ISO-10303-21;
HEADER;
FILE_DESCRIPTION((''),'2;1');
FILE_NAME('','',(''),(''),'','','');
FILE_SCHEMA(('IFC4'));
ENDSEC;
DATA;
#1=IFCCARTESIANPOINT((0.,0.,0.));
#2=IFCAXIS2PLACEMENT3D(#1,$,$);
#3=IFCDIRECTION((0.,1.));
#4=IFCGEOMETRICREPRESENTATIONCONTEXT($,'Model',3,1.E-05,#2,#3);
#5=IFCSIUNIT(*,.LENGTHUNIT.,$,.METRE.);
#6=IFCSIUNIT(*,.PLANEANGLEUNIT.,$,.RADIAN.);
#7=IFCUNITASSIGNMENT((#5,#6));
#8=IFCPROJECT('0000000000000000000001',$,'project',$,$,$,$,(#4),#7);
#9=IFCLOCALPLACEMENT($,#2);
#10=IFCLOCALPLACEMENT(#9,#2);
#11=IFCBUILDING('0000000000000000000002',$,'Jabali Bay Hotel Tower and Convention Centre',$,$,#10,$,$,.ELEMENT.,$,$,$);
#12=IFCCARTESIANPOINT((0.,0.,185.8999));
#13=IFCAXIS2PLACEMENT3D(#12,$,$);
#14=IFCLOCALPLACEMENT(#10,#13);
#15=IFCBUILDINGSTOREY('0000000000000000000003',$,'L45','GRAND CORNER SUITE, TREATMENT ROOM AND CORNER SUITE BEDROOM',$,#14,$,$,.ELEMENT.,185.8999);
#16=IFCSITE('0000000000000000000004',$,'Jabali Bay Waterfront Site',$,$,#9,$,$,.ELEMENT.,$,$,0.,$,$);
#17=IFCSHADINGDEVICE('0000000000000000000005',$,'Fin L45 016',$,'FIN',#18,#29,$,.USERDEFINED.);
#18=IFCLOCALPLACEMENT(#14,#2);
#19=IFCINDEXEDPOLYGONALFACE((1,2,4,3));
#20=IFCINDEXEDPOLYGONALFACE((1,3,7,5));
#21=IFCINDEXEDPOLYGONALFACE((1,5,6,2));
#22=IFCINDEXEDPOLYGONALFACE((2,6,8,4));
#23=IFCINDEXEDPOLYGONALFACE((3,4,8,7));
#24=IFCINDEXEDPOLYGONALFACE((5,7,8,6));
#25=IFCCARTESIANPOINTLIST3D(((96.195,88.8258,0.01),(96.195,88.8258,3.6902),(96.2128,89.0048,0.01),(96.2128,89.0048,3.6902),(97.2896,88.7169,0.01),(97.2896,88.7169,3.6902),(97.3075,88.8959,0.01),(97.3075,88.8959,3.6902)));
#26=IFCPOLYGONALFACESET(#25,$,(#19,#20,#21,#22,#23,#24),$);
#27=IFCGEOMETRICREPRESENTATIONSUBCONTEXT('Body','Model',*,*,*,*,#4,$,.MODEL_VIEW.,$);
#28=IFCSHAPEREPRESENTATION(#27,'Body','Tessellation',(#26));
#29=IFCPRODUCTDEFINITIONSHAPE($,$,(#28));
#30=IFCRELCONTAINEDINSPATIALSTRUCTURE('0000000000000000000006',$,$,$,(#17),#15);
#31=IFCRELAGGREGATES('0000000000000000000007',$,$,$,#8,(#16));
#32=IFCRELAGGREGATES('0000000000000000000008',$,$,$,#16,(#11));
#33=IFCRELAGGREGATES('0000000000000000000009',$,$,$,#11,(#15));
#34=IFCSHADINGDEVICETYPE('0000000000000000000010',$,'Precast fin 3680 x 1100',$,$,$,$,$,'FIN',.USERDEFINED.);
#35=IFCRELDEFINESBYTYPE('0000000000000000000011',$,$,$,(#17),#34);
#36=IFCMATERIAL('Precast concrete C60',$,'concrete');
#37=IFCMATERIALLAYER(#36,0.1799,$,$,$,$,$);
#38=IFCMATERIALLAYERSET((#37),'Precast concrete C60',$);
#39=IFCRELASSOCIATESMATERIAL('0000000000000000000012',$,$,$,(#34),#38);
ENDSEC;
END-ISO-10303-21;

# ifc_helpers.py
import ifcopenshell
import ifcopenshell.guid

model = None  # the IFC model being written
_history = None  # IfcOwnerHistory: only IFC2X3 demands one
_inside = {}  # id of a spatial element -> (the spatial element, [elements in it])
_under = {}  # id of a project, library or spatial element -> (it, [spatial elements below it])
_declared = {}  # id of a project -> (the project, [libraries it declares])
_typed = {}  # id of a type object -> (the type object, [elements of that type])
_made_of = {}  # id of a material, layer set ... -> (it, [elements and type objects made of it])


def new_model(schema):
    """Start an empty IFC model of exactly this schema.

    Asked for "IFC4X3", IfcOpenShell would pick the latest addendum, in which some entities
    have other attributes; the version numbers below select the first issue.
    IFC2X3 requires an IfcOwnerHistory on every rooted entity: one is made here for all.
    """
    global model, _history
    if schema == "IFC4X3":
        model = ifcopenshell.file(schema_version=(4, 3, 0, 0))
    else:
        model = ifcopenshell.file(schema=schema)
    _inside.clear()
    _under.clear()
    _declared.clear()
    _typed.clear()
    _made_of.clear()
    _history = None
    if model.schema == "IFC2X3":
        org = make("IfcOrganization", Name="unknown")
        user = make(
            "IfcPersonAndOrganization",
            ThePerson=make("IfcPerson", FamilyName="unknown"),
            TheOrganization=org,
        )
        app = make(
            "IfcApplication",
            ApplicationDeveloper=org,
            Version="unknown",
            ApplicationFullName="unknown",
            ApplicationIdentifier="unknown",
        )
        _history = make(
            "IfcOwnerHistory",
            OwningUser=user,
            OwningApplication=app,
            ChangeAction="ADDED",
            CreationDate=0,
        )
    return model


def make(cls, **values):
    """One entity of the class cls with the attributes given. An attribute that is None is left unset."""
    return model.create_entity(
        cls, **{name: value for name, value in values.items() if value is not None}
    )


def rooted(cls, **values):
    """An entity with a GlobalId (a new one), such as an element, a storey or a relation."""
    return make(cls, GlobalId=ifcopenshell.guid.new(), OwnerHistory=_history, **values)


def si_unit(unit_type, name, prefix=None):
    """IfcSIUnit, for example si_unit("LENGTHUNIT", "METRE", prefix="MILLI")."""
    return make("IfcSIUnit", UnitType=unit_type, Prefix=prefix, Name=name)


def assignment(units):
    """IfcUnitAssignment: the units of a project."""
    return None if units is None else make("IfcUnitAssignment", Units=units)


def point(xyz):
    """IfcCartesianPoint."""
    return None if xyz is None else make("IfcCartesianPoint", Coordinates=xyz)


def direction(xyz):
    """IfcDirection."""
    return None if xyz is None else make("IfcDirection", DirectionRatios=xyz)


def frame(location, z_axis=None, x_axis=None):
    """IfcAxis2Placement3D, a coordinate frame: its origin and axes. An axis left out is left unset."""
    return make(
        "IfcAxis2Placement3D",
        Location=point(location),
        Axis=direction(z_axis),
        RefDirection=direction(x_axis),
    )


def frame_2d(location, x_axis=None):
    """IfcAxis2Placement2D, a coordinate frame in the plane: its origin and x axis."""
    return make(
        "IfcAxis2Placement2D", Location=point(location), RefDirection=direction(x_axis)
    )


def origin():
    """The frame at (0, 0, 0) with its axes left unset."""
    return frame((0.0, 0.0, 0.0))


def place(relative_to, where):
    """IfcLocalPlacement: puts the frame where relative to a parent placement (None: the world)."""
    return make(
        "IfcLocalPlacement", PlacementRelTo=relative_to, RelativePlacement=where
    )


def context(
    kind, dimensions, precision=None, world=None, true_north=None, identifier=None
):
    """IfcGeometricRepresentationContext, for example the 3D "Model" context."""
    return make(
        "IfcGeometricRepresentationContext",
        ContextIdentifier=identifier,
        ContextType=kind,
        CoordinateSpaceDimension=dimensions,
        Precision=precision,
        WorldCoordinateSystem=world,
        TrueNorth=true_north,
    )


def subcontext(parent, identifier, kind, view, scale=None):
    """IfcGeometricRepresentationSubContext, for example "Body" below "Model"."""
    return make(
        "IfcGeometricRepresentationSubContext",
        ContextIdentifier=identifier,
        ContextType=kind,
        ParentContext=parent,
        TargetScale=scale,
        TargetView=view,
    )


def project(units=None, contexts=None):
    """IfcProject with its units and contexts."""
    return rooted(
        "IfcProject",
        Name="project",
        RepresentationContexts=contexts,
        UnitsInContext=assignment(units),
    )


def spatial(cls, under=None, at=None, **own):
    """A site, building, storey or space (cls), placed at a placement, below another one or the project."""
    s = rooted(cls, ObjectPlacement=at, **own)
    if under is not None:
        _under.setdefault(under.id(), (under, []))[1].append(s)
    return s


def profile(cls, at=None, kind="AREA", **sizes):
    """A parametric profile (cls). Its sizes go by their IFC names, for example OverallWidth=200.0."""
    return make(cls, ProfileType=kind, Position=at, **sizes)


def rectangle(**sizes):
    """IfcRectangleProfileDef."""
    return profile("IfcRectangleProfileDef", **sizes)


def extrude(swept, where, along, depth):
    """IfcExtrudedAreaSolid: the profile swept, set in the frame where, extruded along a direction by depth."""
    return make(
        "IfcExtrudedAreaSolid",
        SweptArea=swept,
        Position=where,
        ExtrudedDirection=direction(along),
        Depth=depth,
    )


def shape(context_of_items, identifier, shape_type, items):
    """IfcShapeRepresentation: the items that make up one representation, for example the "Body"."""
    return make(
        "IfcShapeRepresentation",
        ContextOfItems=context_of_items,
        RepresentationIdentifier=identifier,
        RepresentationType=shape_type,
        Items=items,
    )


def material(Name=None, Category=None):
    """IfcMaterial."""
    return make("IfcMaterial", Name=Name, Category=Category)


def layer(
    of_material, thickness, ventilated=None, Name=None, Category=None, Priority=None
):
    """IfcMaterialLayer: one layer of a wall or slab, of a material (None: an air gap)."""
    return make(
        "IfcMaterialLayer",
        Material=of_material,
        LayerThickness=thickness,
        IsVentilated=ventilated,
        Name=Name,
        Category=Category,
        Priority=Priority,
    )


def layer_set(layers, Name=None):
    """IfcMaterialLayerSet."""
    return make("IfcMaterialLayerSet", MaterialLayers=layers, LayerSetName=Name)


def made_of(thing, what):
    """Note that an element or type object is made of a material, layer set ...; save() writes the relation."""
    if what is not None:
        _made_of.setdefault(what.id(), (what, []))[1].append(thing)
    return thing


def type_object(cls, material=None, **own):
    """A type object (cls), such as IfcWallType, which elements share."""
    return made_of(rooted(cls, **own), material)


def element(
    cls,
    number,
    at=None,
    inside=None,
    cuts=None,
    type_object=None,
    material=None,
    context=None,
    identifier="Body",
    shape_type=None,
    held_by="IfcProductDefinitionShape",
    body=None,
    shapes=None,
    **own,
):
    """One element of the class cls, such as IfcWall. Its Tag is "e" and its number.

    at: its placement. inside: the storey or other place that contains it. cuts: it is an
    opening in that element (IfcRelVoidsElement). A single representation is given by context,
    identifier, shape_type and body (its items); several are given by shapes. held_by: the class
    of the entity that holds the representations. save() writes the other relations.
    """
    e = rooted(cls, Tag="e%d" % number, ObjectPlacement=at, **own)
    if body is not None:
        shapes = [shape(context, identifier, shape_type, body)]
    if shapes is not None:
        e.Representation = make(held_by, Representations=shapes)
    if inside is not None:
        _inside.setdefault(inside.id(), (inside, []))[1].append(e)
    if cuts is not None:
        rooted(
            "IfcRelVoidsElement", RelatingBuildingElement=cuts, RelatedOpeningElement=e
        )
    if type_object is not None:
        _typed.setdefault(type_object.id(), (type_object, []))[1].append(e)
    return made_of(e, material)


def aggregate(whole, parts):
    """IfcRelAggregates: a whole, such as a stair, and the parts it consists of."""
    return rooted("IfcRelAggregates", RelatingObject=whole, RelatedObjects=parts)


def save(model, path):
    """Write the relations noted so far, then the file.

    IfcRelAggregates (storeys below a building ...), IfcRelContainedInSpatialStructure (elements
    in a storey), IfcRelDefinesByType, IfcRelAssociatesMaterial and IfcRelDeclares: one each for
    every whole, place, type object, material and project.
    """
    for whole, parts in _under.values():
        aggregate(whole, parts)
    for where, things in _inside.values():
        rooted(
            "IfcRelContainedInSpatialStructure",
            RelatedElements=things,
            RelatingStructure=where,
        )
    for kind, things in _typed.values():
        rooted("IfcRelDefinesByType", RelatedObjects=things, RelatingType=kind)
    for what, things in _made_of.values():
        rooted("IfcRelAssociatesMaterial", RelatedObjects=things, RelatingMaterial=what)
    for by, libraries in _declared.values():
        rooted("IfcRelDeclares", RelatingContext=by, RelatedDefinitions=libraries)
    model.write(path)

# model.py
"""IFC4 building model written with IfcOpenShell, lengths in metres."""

from ifc_helpers import new_model, si_unit, direction, frame, frame_2d, origin, place, context, subcontext, project, spatial, rectangle, extrude, material, layer, layer_set, type_object, element, save


model = new_model("IFC4")

# Units and contexts
model_context = context("Model", 3, precision=1e-05, world=origin(), true_north=direction((0.0, 1.0)))
body_context = subcontext(model_context, "Body", "Model", "MODEL_VIEW")
ifc_project = project(units=[si_unit("LENGTHUNIT", "METRE"), si_unit("PLANEANGLEUNIT", "RADIAN")], contexts=[model_context])

# Site, building, storey
site_placement = place(None, origin())
site = spatial("IfcSite", under=ifc_project, at=site_placement, Name="Jabali Bay Waterfront Site", CompositionType="ELEMENT", RefElevation=0.0)
building_placement = place(site_placement, origin())
building = spatial("IfcBuilding", under=site, at=building_placement, Name="Jabali Bay Hotel Tower and Convention Centre", CompositionType="ELEMENT")
storey_placement = place(building_placement, frame((0.0, 0.0, 185.8999)))
storey = spatial("IfcBuildingStorey", under=building, at=storey_placement, Name="L45", Description="GRAND CORNER SUITE, TREATMENT ROOM AND CORNER SUITE BEDROOM", CompositionType="ELEMENT", Elevation=185.8999)

# Shading device
ifc_material_1 = material(Name="Precast concrete C60", Category="concrete")
ifc_layer_1 = layer(ifc_material_1, 0.1799)
ifc_layer_set_1 = layer_set([ifc_layer_1], Name="Precast concrete C60")
shading_device_type = type_object("IfcShadingDeviceType", Name="Precast fin 3680 x 1100", ElementType="FIN", PredefinedType="USERDEFINED", material=ifc_layer_set_1)
for number, where, z_axis, x_axis, name in (
    (1, (96.2039, 88.9153, 0.01), (0.0, 0.0, 1.0), (0.99509, -0.098976, 0.0), "Fin L45 016"),
):
    element("IfcShadingDevice", number, at=place(storey_placement, frame(where, z_axis=z_axis, x_axis=x_axis)), inside=storey, type_object=shading_device_type, Name=name, ObjectType="FIN", PredefinedType="USERDEFINED", context=body_context, shape_type="SweptSolid", body=[
        extrude(rectangle(XDim=1.1001, YDim=0.1799, at=frame_2d((0.55, 0.0))), origin(), (0.0, 0.0, 1.0), 3.6802),
    ])

save(model, "model.ifc")
